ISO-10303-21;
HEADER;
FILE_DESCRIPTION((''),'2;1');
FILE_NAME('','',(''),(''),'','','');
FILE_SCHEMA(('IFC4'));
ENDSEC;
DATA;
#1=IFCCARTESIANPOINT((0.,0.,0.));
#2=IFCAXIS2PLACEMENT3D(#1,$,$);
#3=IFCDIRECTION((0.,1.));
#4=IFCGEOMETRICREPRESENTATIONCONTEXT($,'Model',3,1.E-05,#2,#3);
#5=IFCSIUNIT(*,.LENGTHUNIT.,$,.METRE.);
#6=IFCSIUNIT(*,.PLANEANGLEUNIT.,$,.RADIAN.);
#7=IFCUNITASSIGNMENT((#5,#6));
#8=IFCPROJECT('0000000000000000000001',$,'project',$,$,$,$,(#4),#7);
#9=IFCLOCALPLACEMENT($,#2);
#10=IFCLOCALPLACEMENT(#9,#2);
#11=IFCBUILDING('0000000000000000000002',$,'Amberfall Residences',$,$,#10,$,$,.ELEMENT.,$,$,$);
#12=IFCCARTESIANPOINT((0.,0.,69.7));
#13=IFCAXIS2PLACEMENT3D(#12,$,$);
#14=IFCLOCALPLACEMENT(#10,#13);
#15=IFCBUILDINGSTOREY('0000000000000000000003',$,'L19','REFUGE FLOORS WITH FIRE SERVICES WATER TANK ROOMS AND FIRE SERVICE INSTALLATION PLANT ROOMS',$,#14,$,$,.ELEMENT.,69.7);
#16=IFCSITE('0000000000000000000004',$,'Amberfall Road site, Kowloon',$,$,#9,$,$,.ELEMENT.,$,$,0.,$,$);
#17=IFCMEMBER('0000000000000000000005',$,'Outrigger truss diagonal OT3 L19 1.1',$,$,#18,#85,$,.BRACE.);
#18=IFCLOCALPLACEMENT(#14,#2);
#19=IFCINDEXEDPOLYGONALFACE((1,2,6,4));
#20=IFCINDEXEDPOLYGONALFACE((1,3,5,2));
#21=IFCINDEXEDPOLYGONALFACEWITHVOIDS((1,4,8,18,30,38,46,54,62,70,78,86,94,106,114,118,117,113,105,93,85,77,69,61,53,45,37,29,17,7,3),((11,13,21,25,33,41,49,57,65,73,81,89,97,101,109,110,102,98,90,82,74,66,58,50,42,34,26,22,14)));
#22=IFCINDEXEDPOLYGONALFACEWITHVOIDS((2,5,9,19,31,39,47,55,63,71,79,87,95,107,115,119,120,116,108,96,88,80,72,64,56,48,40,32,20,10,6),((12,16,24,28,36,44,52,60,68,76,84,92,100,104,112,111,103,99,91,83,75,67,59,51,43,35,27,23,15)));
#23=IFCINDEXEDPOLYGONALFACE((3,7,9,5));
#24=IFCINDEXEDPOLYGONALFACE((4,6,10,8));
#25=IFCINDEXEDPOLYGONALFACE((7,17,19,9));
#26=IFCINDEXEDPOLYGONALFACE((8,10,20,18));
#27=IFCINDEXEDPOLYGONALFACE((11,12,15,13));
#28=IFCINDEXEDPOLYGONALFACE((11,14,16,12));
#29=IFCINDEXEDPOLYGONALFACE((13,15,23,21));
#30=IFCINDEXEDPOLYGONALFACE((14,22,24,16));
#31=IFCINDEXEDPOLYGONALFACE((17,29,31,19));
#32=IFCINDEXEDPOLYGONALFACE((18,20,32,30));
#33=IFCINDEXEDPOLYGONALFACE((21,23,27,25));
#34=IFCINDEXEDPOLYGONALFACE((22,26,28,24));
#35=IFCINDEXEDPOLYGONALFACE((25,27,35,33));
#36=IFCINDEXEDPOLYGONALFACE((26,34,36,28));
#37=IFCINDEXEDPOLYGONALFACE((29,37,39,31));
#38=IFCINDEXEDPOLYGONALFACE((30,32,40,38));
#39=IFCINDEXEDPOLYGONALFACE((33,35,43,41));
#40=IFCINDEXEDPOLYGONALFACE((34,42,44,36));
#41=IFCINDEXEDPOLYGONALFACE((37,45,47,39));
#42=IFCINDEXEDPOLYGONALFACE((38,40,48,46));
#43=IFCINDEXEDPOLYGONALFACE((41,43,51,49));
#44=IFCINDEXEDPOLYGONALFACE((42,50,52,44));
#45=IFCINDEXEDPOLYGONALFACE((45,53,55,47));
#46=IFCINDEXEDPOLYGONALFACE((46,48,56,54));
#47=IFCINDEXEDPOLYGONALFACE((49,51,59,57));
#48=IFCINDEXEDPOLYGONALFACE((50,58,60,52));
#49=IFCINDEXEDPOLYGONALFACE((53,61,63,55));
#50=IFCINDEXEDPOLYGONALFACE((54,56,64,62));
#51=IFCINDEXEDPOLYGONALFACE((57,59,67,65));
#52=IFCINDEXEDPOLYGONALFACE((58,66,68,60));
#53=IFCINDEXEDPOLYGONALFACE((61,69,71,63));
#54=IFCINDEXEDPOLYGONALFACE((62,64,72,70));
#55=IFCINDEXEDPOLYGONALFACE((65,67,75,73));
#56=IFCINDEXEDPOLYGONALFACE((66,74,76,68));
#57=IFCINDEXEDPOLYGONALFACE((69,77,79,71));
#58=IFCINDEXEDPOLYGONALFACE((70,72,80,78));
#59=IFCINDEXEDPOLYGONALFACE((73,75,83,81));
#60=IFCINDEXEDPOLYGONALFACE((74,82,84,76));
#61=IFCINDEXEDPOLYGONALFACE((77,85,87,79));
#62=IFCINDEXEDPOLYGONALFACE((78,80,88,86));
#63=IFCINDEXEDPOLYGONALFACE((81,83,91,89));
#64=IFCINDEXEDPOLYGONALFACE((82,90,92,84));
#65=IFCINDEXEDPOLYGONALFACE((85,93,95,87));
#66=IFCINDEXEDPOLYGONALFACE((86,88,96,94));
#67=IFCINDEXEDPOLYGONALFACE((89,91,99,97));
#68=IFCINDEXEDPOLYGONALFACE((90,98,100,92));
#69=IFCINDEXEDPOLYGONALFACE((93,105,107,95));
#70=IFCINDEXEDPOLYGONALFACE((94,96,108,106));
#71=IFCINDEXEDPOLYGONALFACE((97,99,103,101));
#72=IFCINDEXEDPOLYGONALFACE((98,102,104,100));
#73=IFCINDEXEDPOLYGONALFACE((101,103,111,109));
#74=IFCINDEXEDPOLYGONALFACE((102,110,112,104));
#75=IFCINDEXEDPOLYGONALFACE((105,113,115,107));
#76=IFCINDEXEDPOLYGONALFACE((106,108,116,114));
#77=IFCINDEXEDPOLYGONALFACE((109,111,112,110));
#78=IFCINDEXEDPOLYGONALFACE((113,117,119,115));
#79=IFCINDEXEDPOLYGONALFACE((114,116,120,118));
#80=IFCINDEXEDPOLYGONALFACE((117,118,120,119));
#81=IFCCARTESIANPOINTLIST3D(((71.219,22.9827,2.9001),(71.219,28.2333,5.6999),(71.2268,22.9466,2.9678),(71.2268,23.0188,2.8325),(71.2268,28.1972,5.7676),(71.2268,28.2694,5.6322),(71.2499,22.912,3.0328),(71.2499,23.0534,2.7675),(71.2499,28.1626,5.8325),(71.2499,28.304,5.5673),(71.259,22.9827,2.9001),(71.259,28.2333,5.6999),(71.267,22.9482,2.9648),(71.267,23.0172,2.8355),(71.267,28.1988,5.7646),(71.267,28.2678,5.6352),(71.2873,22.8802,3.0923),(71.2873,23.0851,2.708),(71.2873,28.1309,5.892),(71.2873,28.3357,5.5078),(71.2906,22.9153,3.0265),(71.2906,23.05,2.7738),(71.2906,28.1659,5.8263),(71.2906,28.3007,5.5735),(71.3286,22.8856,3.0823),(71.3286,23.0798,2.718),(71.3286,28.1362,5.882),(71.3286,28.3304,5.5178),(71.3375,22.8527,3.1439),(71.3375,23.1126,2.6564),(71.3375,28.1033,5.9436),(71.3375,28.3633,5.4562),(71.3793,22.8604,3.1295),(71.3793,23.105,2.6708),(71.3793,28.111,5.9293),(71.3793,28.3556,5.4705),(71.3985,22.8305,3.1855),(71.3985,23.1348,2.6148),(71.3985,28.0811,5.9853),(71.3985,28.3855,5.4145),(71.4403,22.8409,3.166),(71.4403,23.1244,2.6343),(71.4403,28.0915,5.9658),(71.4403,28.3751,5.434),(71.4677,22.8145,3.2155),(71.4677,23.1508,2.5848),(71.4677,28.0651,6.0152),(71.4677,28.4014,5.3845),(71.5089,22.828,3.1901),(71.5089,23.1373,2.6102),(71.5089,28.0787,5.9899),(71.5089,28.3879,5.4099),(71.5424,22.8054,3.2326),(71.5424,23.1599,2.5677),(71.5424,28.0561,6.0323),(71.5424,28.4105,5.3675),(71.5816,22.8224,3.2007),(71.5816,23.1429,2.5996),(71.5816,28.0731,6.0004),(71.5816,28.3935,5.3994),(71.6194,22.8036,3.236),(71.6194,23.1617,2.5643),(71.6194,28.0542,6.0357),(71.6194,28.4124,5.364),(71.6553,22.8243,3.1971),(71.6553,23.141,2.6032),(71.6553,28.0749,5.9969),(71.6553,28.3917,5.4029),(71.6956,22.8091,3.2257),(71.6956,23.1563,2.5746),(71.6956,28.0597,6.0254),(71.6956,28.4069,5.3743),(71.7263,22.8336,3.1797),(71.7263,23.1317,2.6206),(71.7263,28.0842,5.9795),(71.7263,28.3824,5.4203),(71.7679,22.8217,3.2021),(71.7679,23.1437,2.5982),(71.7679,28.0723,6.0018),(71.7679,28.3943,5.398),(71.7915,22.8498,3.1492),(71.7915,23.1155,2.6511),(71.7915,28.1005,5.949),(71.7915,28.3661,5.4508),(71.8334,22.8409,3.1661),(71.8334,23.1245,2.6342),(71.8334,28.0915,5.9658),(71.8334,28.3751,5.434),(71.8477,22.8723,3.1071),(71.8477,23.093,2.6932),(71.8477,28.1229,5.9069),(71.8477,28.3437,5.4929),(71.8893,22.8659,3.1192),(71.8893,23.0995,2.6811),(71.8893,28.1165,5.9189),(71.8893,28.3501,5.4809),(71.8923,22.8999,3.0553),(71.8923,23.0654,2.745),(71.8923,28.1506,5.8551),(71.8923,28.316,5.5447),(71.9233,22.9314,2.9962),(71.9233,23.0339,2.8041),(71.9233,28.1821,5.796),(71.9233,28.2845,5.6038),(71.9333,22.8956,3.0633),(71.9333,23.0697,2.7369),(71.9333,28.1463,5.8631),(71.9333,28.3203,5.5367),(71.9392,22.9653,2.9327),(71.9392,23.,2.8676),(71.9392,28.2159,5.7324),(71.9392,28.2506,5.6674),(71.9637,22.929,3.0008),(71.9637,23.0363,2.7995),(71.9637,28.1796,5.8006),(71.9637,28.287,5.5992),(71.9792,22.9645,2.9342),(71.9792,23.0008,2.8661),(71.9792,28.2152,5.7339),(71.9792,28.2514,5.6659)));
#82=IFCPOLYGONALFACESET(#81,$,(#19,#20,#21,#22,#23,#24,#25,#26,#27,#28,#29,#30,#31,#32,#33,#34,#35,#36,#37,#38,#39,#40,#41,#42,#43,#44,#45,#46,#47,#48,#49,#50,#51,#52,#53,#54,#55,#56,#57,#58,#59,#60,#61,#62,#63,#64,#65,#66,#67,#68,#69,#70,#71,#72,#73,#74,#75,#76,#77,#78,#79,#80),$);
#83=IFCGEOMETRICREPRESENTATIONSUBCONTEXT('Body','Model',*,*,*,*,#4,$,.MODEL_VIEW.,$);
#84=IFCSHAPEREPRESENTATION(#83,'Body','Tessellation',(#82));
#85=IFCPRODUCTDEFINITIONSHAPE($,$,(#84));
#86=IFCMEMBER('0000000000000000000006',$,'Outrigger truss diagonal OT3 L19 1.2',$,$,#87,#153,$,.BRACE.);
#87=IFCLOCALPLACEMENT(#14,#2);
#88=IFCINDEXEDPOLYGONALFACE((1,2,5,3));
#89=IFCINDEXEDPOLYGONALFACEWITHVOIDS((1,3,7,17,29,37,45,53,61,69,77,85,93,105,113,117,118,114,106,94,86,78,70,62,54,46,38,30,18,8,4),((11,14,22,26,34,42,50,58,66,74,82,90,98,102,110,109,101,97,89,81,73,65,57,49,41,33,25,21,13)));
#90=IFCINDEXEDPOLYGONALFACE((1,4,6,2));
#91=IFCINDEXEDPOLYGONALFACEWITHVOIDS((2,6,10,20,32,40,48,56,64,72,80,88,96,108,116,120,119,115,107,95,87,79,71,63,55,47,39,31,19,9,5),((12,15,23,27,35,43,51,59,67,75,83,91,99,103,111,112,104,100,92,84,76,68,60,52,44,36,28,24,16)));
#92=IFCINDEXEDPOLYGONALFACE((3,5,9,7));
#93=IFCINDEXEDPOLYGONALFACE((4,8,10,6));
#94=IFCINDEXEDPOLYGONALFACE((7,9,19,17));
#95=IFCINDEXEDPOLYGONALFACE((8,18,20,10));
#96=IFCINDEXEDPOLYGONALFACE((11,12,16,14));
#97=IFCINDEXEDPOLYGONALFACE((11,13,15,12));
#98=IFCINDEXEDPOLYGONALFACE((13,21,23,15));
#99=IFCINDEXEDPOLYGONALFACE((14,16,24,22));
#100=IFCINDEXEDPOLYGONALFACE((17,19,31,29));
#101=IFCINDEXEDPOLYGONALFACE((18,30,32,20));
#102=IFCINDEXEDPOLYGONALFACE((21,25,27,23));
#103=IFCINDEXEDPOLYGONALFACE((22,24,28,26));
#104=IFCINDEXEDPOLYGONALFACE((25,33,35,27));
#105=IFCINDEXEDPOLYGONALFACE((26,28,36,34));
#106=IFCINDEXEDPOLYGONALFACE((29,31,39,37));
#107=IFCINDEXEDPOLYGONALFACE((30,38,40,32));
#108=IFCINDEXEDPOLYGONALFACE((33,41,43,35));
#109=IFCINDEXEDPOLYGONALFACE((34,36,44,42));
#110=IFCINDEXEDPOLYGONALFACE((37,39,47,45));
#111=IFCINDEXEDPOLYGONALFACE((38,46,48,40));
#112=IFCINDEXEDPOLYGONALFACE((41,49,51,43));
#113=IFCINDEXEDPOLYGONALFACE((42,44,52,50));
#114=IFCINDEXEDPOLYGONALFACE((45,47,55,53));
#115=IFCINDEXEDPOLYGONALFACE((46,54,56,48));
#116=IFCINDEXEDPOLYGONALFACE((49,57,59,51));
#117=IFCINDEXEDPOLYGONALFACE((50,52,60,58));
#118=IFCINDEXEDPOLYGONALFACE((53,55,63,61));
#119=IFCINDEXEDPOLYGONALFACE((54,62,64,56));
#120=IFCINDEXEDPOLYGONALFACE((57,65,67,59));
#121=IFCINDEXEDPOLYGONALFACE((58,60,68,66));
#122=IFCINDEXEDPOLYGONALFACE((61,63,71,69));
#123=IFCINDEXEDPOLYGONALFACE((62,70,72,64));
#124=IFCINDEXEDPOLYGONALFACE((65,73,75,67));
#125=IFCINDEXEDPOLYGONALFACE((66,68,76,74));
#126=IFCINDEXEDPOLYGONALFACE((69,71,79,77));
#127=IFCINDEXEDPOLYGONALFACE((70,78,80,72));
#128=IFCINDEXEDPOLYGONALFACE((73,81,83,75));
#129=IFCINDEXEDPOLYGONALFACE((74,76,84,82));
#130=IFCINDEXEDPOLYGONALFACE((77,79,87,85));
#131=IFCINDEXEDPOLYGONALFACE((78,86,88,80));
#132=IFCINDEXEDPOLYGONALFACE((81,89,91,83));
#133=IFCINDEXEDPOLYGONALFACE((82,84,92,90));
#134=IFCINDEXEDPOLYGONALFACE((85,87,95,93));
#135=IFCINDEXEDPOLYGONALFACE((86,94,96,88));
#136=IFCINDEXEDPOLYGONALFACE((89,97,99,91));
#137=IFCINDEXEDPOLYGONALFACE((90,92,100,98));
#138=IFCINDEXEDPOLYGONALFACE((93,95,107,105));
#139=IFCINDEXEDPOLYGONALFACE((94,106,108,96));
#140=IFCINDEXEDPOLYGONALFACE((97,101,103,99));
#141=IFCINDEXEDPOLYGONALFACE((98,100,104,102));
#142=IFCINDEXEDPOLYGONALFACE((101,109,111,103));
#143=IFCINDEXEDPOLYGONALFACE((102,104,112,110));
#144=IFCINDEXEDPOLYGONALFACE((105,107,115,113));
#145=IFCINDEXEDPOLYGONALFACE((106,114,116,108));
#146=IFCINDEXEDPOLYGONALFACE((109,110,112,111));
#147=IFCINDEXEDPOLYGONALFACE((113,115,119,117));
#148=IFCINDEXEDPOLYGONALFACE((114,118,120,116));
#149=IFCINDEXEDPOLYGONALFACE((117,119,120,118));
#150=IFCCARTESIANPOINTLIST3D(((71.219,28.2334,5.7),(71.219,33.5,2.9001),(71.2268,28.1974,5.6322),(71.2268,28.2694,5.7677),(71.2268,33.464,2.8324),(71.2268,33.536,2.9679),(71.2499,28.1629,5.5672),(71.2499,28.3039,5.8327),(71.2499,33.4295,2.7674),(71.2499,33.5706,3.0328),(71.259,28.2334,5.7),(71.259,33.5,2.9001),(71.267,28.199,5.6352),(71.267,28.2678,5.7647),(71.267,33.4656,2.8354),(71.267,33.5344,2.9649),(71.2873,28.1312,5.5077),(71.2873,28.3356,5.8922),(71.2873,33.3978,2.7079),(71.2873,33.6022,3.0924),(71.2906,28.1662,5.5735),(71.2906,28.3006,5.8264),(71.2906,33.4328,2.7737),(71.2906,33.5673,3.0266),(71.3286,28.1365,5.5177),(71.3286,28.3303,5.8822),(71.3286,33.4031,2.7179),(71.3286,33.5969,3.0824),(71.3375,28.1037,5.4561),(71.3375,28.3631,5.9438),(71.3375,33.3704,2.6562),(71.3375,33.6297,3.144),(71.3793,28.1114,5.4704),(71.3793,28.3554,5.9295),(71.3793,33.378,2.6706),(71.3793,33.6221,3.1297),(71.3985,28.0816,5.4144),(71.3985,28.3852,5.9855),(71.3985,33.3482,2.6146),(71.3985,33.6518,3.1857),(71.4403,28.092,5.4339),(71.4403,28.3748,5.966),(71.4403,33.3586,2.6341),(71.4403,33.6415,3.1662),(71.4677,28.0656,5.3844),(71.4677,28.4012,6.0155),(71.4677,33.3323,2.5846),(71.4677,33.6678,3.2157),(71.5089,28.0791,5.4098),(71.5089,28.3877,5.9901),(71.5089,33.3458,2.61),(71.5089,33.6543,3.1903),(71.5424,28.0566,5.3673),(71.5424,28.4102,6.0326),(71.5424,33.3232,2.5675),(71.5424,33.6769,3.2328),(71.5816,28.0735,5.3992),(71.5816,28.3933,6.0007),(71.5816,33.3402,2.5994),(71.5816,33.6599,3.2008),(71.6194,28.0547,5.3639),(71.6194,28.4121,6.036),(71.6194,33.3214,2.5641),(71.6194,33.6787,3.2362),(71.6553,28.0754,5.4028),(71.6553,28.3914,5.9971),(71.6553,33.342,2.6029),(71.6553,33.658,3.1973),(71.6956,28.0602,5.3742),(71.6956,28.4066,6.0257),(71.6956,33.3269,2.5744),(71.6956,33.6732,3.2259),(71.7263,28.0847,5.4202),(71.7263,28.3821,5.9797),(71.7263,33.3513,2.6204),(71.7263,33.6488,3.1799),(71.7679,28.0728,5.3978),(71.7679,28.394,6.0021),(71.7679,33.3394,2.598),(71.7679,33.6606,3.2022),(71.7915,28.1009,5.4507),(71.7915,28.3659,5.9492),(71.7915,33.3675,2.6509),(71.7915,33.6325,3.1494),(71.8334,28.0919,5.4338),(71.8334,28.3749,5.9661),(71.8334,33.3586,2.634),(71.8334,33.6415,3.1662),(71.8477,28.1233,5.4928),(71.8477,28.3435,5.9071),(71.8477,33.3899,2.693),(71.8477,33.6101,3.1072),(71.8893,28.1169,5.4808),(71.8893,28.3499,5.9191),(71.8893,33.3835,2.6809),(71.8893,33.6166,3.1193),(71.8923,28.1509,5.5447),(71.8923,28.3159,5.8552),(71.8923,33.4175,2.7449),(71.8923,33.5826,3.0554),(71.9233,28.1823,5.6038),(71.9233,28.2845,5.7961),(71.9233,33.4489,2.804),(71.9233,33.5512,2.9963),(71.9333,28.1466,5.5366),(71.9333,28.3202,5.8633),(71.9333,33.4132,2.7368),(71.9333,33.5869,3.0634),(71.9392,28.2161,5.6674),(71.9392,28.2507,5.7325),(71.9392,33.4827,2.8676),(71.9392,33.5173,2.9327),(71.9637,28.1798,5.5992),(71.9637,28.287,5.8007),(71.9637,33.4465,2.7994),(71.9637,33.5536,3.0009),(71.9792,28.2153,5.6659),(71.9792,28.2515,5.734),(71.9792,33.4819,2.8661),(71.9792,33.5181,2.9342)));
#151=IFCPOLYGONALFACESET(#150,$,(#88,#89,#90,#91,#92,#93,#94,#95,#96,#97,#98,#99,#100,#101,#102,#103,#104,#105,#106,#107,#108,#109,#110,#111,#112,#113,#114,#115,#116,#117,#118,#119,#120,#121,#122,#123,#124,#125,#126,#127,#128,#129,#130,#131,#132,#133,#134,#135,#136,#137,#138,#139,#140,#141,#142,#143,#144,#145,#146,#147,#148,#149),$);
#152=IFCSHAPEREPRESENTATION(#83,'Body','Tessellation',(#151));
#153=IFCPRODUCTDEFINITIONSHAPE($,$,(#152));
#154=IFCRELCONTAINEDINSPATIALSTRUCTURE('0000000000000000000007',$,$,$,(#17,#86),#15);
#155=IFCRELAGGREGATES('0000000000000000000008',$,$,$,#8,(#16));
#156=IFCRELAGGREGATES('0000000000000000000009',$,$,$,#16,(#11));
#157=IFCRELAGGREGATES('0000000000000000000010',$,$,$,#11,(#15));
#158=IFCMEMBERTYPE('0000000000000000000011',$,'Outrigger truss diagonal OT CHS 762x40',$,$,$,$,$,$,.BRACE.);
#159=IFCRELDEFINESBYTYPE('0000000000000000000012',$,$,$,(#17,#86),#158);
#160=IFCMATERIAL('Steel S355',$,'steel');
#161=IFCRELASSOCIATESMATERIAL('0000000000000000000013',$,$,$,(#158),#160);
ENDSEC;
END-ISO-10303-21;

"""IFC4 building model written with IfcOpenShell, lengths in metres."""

from ifc_helpers import new_model, si_unit, direction, frame, origin, origin_2d, place, context, subcontext, project, spatial, hollow_circle, extrude, material, material_profile, profile_set, type_object, element, save


model = new_model("IFC4")

# Units and contexts
model_context = context("Model", 3, precision=1e-05, world=origin(), true_north=direction((0.0, 1.0)))
body_context = subcontext(model_context, "Body", "Model", "MODEL_VIEW")
ifc_project = project(units=[si_unit("LENGTHUNIT", "METRE"), si_unit("PLANEANGLEUNIT", "RADIAN")], contexts=[model_context])

# Site, building, storey
site_placement = place(None, origin())
site = spatial("IfcSite", under=ifc_project, at=site_placement, Name="Amberfall Road site, Kowloon", CompositionType="ELEMENT", RefElevation=0.0)
building_placement = place(site_placement, origin())
building = spatial("IfcBuilding", under=site, at=building_placement, Name="Amberfall Residences", CompositionType="ELEMENT")
storey_placement = place(building_placement, frame((0.0, 0.0, 69.7)))
storey = spatial("IfcBuildingStorey", under=building, at=storey_placement, Name="L19", Description="REFUGE FLOORS WITH FIRE SERVICES WATER TANK ROOMS AND FIRE SERVICE INSTALLATION PLANT ROOMS", CompositionType="ELEMENT", Elevation=69.7)

# Shared definitions
ifc_material_1 = material(Name="Steel S355", Category="steel")

# Members
ifc_material_profile_1 = material_profile(ifc_material_1, hollow_circle(Radius=0.3811, WallThickness=0.04, at=origin_2d()), Name="CHS 762x40")
ifc_profile_set_1 = profile_set([ifc_material_profile_1], Name="Steel S355")
member_type_1 = type_object("IfcMemberType", Name="Outrigger truss diagonal OT CHS 762x40", PredefinedType="BRACE", material=ifc_profile_set_1)
member_1_placement = place(storey_placement, frame((71.6001, 22.9827, 2.9001), z_axis=(0.0, 0.882394, 0.470512), x_axis=(-1.0, 0.0, 0.0)))
element("IfcMember", 1, at=member_1_placement, inside=storey, type_object=member_type_1, Name="Outrigger truss diagonal OT3 L19 1.1", PredefinedType="BRACE", context=body_context, shape_type="SweptSolid", body=[
    extrude(hollow_circle(Radius=0.3811, WallThickness=0.04, at=origin_2d()), origin(), (0.0, 0.0, 1.0), 5.9504),
])
member_2_placement = place(storey_placement, frame((71.6001, 28.2334, 5.7), z_axis=(0.0, 0.882982, -0.469407), x_axis=(-1.0, 0.0, 0.0)))
element("IfcMember", 2, at=member_2_placement, inside=storey, type_object=member_type_1, Name="Outrigger truss diagonal OT3 L19 1.2", PredefinedType="BRACE", context=body_context, shape_type="SweptSolid", body=[
    extrude(hollow_circle(Radius=0.3811, WallThickness=0.04, at=origin_2d()), origin(), (0.0, 0.0, 1.0), 5.9646),
])

save(model, "model.ifc")
